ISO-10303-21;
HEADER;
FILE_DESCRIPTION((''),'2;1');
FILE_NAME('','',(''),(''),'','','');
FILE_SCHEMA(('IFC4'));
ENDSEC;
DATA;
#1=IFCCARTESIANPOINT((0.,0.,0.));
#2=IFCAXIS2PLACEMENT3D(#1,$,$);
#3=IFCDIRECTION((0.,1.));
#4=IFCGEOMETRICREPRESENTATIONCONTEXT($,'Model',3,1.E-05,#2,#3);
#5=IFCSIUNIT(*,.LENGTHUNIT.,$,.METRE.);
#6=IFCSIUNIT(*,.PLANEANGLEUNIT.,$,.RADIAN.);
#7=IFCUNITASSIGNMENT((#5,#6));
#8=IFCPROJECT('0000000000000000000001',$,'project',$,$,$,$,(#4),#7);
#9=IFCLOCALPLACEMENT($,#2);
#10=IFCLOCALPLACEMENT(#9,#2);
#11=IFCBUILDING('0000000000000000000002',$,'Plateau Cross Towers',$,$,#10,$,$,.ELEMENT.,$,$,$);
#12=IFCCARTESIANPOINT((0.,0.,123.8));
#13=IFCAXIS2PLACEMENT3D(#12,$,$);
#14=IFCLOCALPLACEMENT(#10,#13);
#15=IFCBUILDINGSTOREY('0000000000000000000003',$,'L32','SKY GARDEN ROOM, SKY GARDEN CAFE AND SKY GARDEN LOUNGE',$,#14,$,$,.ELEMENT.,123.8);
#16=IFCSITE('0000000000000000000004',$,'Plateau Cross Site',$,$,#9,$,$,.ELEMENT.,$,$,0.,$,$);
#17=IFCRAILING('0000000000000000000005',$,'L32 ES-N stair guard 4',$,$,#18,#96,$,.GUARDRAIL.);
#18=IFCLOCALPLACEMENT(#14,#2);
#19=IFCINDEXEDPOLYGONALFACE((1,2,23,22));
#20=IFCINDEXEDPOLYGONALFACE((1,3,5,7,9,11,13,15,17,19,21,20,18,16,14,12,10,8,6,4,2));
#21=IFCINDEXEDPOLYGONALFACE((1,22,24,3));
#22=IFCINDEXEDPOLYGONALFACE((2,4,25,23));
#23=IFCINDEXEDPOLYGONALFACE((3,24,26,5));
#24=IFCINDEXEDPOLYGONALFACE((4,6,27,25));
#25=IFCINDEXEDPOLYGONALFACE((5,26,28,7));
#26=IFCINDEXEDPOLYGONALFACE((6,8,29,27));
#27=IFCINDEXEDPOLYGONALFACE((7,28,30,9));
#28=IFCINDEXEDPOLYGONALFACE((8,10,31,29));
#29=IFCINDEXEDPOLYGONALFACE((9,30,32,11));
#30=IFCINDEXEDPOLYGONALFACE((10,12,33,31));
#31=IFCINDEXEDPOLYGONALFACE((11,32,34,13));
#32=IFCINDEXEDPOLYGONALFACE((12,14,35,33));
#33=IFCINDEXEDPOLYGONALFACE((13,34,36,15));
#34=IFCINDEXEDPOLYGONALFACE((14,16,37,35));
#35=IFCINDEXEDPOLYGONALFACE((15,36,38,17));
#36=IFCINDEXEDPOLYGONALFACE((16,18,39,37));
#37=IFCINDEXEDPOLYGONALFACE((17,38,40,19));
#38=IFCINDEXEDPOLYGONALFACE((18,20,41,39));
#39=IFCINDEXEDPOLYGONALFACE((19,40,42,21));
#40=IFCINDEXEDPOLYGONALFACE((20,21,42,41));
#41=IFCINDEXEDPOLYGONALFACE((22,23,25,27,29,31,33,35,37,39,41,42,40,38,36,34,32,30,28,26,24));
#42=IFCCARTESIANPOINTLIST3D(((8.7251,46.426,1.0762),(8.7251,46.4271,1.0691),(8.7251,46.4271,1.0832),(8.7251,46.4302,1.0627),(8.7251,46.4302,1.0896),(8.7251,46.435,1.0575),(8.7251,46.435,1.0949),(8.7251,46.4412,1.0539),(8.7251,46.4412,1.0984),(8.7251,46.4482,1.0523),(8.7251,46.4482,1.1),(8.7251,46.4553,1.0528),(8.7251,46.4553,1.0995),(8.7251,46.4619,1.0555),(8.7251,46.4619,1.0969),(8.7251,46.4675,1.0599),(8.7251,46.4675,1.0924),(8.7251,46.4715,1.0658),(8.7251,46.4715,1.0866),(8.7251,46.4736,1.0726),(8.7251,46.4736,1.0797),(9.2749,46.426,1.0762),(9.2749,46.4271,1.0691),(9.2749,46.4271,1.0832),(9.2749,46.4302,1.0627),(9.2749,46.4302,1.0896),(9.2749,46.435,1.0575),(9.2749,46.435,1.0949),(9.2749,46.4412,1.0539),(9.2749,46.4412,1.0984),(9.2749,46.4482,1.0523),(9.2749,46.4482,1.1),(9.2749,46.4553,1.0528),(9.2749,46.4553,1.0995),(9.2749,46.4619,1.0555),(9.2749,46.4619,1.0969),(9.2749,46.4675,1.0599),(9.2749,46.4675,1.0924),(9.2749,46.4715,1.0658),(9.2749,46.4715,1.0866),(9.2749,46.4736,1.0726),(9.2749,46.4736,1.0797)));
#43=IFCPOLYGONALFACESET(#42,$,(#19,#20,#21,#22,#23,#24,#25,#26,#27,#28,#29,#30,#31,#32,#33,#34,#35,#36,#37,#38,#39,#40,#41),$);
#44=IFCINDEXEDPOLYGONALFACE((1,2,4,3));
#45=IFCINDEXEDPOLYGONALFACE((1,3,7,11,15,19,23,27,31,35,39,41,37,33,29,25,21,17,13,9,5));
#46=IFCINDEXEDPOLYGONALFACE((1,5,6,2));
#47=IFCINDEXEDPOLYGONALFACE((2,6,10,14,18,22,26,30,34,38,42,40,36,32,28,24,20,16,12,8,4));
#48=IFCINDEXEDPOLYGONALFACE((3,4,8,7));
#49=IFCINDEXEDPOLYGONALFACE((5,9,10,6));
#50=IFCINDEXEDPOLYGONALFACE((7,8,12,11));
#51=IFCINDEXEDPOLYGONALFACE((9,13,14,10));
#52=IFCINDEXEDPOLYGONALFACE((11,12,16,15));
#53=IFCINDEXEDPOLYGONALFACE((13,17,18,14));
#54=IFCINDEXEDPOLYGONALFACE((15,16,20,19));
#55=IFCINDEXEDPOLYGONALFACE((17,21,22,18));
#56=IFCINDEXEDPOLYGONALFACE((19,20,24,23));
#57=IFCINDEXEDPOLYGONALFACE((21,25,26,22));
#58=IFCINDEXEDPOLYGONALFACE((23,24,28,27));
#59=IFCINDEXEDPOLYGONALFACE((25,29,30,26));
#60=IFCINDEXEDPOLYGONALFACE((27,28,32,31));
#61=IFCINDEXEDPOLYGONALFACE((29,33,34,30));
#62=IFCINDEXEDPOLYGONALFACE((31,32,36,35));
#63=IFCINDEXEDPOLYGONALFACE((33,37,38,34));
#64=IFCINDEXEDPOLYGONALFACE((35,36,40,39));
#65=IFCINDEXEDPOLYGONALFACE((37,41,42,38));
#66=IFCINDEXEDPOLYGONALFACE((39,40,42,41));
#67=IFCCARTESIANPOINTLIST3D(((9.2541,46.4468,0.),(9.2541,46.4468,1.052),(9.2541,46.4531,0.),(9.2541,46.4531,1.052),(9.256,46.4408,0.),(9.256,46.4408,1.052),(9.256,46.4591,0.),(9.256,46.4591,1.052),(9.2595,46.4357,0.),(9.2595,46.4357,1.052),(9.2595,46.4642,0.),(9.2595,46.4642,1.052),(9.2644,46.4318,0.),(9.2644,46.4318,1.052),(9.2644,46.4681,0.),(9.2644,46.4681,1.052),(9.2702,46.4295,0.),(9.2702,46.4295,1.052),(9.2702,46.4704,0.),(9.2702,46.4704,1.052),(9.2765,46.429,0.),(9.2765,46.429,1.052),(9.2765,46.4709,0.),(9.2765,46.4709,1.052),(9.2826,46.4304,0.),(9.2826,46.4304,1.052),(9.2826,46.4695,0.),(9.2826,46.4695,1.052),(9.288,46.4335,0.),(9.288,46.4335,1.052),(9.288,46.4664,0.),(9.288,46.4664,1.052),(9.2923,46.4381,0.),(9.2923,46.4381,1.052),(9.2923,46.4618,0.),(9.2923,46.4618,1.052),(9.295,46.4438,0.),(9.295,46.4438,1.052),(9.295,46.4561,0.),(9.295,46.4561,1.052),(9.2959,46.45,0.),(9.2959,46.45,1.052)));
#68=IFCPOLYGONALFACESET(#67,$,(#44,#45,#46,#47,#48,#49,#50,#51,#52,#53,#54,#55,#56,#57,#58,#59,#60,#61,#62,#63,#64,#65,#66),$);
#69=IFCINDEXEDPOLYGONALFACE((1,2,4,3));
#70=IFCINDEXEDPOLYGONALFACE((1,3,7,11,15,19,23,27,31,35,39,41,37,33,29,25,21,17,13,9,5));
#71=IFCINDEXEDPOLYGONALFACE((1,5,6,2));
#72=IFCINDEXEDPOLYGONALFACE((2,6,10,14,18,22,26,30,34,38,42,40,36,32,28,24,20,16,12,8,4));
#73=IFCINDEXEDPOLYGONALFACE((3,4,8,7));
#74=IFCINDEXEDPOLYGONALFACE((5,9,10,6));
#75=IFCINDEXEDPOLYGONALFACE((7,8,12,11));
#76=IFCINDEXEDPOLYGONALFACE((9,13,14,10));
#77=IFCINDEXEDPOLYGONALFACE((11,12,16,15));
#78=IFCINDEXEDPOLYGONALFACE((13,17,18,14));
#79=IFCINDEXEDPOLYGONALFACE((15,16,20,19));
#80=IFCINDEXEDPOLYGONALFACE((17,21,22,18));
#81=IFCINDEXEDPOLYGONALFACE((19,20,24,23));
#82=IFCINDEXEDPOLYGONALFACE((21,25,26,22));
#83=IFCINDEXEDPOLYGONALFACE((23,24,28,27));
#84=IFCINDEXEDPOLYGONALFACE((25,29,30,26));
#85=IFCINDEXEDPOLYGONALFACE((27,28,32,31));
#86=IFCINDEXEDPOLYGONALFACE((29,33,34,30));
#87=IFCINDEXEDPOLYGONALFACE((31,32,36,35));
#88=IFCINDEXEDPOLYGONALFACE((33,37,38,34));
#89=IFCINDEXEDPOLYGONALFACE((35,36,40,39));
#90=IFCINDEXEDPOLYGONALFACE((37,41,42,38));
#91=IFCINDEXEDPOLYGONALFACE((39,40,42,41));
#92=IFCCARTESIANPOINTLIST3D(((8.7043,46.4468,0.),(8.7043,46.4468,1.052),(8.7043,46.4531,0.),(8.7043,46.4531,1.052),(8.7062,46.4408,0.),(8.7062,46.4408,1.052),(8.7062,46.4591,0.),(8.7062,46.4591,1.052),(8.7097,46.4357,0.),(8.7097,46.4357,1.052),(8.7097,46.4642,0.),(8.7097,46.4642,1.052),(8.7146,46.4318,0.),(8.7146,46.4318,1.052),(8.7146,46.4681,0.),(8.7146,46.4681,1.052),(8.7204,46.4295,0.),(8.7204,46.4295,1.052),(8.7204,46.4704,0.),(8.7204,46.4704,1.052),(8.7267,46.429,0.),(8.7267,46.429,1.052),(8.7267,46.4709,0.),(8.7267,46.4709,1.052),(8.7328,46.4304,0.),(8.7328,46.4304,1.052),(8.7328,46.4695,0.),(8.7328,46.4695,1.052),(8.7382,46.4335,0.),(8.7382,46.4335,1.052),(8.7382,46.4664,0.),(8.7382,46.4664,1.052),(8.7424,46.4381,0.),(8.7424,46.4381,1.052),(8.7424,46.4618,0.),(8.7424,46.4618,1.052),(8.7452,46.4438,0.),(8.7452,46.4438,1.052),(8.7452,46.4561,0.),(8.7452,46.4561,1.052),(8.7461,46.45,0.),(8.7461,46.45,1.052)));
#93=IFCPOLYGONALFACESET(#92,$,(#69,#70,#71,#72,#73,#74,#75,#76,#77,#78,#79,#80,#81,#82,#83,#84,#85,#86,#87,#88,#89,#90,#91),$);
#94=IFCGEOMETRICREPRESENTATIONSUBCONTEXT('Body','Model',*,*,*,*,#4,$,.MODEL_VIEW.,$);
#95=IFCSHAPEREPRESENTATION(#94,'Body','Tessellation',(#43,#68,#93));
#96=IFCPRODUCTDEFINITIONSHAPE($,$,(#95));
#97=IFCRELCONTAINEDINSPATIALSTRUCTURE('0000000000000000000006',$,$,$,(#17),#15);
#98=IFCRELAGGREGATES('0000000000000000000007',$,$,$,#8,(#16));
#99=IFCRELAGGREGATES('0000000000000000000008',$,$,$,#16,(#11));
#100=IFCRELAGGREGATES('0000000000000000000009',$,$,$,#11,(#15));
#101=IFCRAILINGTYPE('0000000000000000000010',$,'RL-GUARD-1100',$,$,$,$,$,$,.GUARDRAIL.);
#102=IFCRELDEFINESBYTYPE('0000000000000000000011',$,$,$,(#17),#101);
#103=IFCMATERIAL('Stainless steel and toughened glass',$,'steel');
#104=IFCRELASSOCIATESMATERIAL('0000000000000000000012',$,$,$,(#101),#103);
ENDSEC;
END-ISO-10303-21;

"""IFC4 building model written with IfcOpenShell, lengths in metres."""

from ifc_helpers import new_model, si_unit, direction, frame, origin, origin_2d, place, context, subcontext, project, spatial, circle, extrude, material, type_object, element, save


model = new_model("IFC4")

# Units and contexts
model_context = context("Model", 3, precision=1e-05, world=origin(), true_north=direction((0.0, 1.0)))
body_context = subcontext(model_context, "Body", "Model", "MODEL_VIEW")
ifc_project = project(units=[si_unit("LENGTHUNIT", "METRE"), si_unit("PLANEANGLEUNIT", "RADIAN")], contexts=[model_context])

# Site, building, storey
site_placement = place(None, origin())
site = spatial("IfcSite", under=ifc_project, at=site_placement, Name="Plateau Cross Site", CompositionType="ELEMENT", RefElevation=0.0)
building_placement = place(site_placement, origin())
building = spatial("IfcBuilding", under=site, at=building_placement, Name="Plateau Cross Towers", CompositionType="ELEMENT")
storey_placement = place(building_placement, frame((0.0, 0.0, 123.8)))
storey = spatial("IfcBuildingStorey", under=building, at=storey_placement, Name="L32", Description="SKY GARDEN ROOM, SKY GARDEN CAFE AND SKY GARDEN LOUNGE", CompositionType="ELEMENT", Elevation=123.8)

# Railing
ifc_material_1 = material(Name="Stainless steel and toughened glass", Category="steel")
railing_type_1 = type_object("IfcRailingType", Name="RL-GUARD-1100", PredefinedType="GUARDRAIL", material=ifc_material_1)
railing_1_placement = place(storey_placement, frame((9.2749, 46.45, 0.0)))
element("IfcRailing", 1, at=railing_1_placement, inside=storey, type_object=railing_type_1, Name="L32 ES-N stair guard 4", PredefinedType="GUARDRAIL", context=body_context, shape_type="SweptSolid", body=[
    extrude(circle(Radius=0.0239, at=origin_2d()), frame((0.0, 0.0, 1.0762), z_axis=(-1.0, 0.0, 0.0), x_axis=(0.0, -1.0, 0.0)), (0.0, 0.0, 1.0), 0.5498),
    extrude(circle(Radius=0.021, at=origin_2d()), origin(), (0.0, 0.0, 1.0), 1.052),
    extrude(circle(Radius=0.021, at=origin_2d()), frame((-0.5498, 0.0, 0.0)), (0.0, 0.0, 1.0), 1.052),
])

save(model, "model.ifc")
